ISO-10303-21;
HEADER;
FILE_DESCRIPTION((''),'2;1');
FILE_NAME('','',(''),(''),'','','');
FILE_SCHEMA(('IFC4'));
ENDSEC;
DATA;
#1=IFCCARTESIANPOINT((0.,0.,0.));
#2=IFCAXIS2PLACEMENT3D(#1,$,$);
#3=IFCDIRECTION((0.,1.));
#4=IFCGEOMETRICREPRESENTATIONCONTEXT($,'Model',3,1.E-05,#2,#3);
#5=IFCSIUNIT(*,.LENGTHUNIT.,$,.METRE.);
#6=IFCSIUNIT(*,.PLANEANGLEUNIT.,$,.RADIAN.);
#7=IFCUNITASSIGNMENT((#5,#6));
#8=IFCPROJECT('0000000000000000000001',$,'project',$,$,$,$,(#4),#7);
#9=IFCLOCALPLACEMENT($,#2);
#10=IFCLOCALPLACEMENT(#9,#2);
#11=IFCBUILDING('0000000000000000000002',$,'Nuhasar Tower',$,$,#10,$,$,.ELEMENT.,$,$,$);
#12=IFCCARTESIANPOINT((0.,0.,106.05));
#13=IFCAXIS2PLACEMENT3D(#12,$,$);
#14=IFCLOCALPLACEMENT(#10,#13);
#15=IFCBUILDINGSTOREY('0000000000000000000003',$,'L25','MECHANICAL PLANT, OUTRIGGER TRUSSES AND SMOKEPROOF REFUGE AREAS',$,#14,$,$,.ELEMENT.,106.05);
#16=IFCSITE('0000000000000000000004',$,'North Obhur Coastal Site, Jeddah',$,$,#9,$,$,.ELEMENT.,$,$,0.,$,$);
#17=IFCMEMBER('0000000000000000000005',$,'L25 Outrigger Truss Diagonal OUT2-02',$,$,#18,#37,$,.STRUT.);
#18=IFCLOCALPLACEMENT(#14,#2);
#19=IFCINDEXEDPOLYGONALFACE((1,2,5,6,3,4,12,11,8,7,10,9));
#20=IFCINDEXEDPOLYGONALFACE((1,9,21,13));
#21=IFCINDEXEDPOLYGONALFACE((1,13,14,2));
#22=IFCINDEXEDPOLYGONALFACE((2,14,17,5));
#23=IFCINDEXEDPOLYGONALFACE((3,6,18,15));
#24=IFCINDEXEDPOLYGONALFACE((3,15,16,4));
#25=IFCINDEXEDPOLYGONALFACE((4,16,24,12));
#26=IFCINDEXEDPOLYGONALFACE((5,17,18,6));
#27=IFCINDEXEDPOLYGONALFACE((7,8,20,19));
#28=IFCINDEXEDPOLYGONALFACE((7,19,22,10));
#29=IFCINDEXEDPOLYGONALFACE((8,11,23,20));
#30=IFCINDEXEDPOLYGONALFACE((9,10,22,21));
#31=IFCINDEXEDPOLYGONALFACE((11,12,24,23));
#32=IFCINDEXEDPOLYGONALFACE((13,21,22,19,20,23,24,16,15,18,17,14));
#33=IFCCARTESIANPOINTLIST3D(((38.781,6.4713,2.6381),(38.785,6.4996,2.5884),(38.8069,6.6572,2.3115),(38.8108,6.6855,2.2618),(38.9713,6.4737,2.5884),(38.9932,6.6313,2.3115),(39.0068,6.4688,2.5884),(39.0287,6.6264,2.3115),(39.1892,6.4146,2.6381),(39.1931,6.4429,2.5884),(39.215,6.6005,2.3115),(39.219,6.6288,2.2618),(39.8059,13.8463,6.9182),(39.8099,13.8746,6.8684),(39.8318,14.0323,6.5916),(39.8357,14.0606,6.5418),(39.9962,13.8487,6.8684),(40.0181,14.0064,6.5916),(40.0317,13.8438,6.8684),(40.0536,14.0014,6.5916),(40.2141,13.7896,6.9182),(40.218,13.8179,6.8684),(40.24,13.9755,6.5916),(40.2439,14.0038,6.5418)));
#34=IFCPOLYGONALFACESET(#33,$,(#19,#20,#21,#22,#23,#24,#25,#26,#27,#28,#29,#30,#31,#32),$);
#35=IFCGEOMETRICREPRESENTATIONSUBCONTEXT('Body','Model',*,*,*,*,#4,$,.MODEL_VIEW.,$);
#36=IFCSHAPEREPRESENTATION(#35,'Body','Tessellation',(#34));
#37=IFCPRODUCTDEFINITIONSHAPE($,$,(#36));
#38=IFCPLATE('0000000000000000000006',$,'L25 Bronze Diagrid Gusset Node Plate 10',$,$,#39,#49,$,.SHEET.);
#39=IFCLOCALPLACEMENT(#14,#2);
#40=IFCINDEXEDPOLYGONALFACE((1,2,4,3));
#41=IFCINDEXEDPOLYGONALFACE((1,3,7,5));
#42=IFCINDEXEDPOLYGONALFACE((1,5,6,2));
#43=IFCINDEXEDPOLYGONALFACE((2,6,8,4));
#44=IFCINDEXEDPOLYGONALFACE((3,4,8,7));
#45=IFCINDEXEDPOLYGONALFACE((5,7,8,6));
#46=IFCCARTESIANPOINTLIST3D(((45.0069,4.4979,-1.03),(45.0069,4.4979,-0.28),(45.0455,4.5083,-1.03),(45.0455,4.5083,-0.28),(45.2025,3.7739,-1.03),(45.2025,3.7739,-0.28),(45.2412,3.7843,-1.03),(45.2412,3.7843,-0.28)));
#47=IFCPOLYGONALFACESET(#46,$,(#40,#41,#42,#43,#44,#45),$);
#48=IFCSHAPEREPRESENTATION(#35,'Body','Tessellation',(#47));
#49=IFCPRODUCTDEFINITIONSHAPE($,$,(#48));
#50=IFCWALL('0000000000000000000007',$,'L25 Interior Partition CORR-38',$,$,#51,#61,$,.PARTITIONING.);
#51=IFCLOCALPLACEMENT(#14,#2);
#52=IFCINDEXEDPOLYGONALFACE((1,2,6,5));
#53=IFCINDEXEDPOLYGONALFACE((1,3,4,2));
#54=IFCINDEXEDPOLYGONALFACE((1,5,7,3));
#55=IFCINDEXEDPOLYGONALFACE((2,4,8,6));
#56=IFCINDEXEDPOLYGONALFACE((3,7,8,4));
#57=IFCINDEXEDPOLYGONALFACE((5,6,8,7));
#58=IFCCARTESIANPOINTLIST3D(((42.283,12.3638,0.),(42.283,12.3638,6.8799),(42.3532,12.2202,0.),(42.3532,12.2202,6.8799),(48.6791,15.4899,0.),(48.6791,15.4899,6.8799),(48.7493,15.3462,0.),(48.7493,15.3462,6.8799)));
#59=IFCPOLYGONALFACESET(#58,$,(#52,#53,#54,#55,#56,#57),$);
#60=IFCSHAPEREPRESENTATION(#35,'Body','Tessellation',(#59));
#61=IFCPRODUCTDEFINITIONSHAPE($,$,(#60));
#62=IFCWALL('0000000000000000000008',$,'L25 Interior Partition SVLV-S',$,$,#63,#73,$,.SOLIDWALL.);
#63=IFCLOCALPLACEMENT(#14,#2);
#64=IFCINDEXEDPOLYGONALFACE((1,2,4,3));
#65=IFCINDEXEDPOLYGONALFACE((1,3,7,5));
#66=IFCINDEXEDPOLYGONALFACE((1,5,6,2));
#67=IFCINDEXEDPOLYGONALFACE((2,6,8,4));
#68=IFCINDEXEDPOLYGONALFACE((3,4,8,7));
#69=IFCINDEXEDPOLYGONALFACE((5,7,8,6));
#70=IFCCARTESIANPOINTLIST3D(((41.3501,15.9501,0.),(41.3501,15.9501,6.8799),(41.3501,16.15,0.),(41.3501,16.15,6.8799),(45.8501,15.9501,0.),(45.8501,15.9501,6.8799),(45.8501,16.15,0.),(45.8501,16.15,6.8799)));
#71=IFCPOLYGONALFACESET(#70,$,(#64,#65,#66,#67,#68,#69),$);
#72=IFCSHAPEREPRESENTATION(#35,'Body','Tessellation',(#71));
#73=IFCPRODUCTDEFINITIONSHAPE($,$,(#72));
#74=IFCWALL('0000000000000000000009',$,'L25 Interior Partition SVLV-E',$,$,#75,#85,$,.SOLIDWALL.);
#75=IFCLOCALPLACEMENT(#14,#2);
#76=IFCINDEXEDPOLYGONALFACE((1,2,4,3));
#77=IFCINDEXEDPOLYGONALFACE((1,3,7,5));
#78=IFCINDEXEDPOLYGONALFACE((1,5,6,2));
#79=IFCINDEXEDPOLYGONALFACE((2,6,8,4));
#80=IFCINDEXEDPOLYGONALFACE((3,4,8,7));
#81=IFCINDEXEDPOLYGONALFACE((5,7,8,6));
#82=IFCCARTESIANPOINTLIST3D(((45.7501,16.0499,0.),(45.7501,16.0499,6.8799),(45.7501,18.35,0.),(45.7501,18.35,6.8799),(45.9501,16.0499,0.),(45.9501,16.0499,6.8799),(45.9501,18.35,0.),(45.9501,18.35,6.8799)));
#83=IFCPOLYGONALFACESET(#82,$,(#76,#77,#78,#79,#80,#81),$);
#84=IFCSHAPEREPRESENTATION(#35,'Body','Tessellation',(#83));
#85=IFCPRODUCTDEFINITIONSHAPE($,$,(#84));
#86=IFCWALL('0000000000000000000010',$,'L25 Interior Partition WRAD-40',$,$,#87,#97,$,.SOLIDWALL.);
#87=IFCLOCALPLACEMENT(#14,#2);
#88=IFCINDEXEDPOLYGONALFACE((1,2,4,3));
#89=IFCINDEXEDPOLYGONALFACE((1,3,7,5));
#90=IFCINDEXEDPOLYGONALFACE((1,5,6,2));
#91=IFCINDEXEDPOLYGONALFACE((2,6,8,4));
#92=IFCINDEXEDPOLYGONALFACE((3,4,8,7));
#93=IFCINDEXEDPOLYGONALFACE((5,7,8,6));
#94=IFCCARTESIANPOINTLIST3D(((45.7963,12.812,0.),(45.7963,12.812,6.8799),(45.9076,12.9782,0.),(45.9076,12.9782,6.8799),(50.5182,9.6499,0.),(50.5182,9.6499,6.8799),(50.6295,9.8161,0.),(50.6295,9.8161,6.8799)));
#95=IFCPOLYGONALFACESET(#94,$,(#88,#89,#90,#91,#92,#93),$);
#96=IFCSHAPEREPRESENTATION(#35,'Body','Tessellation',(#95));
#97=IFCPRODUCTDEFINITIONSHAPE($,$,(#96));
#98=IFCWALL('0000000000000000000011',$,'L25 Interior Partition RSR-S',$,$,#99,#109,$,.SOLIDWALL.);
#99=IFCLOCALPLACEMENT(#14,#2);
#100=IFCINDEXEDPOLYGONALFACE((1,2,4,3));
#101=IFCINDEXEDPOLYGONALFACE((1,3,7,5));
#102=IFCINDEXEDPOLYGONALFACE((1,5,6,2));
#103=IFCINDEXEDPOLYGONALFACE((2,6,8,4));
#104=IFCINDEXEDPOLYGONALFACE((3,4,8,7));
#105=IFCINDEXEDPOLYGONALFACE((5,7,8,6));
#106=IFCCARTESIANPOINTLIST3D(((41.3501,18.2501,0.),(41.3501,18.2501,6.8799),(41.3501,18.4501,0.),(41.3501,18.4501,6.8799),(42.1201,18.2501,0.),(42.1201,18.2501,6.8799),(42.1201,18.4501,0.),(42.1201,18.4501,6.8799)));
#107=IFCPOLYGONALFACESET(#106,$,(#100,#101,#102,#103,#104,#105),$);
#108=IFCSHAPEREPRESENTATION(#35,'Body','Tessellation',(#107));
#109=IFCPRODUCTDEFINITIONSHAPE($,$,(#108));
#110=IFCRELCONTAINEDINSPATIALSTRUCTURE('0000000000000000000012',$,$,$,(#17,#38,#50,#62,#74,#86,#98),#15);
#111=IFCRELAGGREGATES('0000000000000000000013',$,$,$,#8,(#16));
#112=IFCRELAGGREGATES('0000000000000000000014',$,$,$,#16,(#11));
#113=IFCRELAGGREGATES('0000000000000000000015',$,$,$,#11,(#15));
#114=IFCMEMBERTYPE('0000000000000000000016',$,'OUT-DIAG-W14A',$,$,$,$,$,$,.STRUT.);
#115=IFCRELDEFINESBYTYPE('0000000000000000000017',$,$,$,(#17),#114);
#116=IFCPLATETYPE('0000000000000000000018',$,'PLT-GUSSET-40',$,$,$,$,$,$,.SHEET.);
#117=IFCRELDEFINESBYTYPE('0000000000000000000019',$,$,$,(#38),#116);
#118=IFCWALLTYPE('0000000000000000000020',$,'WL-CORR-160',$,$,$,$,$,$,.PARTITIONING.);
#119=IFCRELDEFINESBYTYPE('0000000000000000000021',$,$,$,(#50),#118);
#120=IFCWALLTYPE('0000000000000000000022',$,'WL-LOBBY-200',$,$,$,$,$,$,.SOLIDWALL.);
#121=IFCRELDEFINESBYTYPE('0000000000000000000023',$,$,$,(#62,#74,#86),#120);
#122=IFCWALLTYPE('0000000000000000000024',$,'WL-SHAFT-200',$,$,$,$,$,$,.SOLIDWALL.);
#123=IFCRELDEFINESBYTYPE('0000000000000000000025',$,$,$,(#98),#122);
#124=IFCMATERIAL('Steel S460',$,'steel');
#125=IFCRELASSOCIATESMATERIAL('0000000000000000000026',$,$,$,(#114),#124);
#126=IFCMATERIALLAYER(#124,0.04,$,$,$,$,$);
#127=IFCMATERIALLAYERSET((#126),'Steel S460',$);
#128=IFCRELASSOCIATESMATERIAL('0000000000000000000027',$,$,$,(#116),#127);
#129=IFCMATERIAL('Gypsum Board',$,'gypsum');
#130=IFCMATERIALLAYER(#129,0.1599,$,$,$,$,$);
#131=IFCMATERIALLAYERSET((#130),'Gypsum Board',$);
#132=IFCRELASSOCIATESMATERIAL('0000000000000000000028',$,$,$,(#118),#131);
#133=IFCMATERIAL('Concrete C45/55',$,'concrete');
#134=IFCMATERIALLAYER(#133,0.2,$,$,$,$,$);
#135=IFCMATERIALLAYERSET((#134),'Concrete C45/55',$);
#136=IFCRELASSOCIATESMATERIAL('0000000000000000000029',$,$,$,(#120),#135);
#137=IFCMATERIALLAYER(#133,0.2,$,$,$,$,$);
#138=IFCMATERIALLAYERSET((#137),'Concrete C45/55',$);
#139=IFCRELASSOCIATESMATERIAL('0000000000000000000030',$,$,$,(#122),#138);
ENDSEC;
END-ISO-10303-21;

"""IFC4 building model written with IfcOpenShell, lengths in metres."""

from ifc_helpers import new_model, si_unit, direction, frame, frame_2d, origin, origin_2d, place, context, subcontext, project, spatial, rectangle, i_section, extrude, material, layer, layer_set, material_profile, profile_set, type_object, element, save


model = new_model("IFC4")

# Units and contexts
model_context = context("Model", 3, precision=1e-05, world=origin(), true_north=direction((0.0, 1.0)))
body_context = subcontext(model_context, "Body", "Model", "MODEL_VIEW")
ifc_project = project(units=[si_unit("LENGTHUNIT", "METRE"), si_unit("PLANEANGLEUNIT", "RADIAN")], contexts=[model_context])

# Site, building, storey
site_placement = place(None, origin())
site = spatial("IfcSite", under=ifc_project, at=site_placement, Name="North Obhur Coastal Site, Jeddah", CompositionType="ELEMENT", RefElevation=0.0)
building_placement = place(site_placement, origin())
building = spatial("IfcBuilding", under=site, at=building_placement, Name="Nuhasar Tower", CompositionType="ELEMENT")
storey_placement = place(building_placement, frame((0.0, 0.0, 106.05)))
storey = spatial("IfcBuildingStorey", under=building, at=storey_placement, Name="L25", Description="MECHANICAL PLANT, OUTRIGGER TRUSSES AND SMOKEPROOF REFUGE AREAS", CompositionType="ELEMENT", Elevation=106.05)

# Shared definitions
ifc_material_1 = material(Name="Steel S460", Category="steel")

# Member
ifc_material_profile_1 = material_profile(ifc_material_1, i_section(OverallWidth=0.4121, OverallDepth=0.4341, WebThickness=0.0359, FlangeThickness=0.0574, at=origin_2d()), Name="W14X311")
ifc_profile_set_1 = profile_set([ifc_material_profile_1], Name="Steel S460")
member_type_1 = type_object("IfcMemberType", Name="OUT-DIAG-W14A", PredefinedType="STRUT", material=ifc_profile_set_1)
for number, where, z_axis, x_axis, name in (
    (1, (39.0, 6.55, 2.45), (0.119336, 0.858722, 0.498353), (-0.990481, 0.137647, 0.0), "L25 Outrigger Truss Diagonal OUT2-02"),
):
    element("IfcMember", number, at=place(storey_placement, frame(where, z_axis=z_axis, x_axis=x_axis)), inside=storey, type_object=member_type_1, Name=name, PredefinedType="STRUT", context=body_context, shape_type="SweptSolid", body=[
        extrude(i_section(OverallWidth=0.4121, OverallDepth=0.4341, WebThickness=0.0359, FlangeThickness=0.0574, at=origin_2d()), origin(), (0.0, 0.0, 1.0), 8.5884),
    ])

# Plate
ifc_layer_1 = layer(ifc_material_1, 0.04)
ifc_layer_set_1 = layer_set([ifc_layer_1], Name="Steel S460")
plate_type = type_object("IfcPlateType", Name="PLT-GUSSET-40", PredefinedType="SHEET", material=ifc_layer_set_1)
plate_placement = place(storey_placement, frame((45.124, 4.1411, -1.03), z_axis=(0.0, 0.0, 1.0), x_axis=(0.260909, -0.965363, 0.0)))
element("IfcPlate", 2, at=plate_placement, inside=storey, type_object=plate_type, Name="L25 Bronze Diagrid Gusset Node Plate 10", PredefinedType="SHEET", context=body_context, shape_type="SweptSolid", body=[
    extrude(rectangle(XDim=0.75, YDim=0.04, at=origin_2d()), origin(), (0.0, 0.0, 1.0), 0.75),
])

# Wall
ifc_material_2 = material(Name="Gypsum Board", Category="gypsum")
ifc_layer_2 = layer(ifc_material_2, 0.1599)
ifc_layer_set_2 = layer_set([ifc_layer_2], Name="Gypsum Board")
wall_type_1 = type_object("IfcWallType", Name="WL-CORR-160", PredefinedType="PARTITIONING", material=ifc_layer_set_2)
wall_1_placement = place(storey_placement, frame((42.3181, 12.292, 0.0), z_axis=(0.0, 0.0, 1.0), x_axis=(0.898437, 0.439102, 0.0)))
element("IfcWall", 3, at=wall_1_placement, inside=storey, type_object=wall_type_1, Name="L25 Interior Partition CORR-38", PredefinedType="PARTITIONING", context=body_context, shape_type="SweptSolid", body=[
    extrude(rectangle(XDim=7.1191, YDim=0.1599, at=frame_2d((3.5596, 0.0))), origin(), (0.0, 0.0, 1.0), 6.8799),
])

# Shared definitions
ifc_material_3 = material(Name="Concrete C45/55", Category="concrete")
ifc_layer_3 = layer(ifc_material_3, 0.2)
ifc_layer_set_3 = layer_set([ifc_layer_3], Name="Concrete C45/55")
wall_type_2 = type_object("IfcWallType", Name="WL-LOBBY-200", PredefinedType="SOLIDWALL", material=ifc_layer_set_3)

# Walls
wall_2_placement = place(storey_placement, frame((41.3501, 16.05, 0.0), z_axis=(0.0, 0.0, 1.0), x_axis=(1.0, 0.0, 0.0)))
element("IfcWall", 4, at=wall_2_placement, inside=storey, type_object=wall_type_2, Name="L25 Interior Partition SVLV-S", PredefinedType="SOLIDWALL", context=body_context, shape_type="SweptSolid", body=[
    extrude(rectangle(XDim=4.5, YDim=0.2, at=frame_2d((2.25, 0.0))), origin(), (0.0, 0.0, 1.0), 6.8799),
])
wall_3_placement = place(storey_placement, frame((45.8501, 16.05, 0.0), z_axis=(0.0, 0.0, 1.0), x_axis=(0.0, 1.0, 0.0)))
element("IfcWall", 5, at=wall_3_placement, inside=storey, type_object=wall_type_2, Name="L25 Interior Partition SVLV-E", PredefinedType="SOLIDWALL", context=body_context, shape_type="SweptSolid", body=[
    extrude(rectangle(XDim=2.3, YDim=0.2, at=frame_2d((1.1499, 0.0))), origin(), (0.0, 0.0, 1.0), 6.8799),
])
wall_4_placement = place(storey_placement, frame((45.8521, 12.895, 0.0), z_axis=(0.0, 0.0, 1.0), x_axis=(0.830898, -0.556424, 0.0)))
element("IfcWall", 6, at=wall_4_placement, inside=storey, type_object=wall_type_2, Name="L25 Interior Partition WRAD-40", PredefinedType="SOLIDWALL", context=body_context, shape_type="SweptSolid", body=[
    extrude(rectangle(XDim=5.6829, YDim=0.2, at=frame_2d((2.8413, 0.0))), origin(), (0.0, 0.0, 1.0), 6.8799),
])
ifc_layer_4 = layer(ifc_material_3, 0.2)
ifc_layer_set_4 = layer_set([ifc_layer_4], Name="Concrete C45/55")
wall_type_3 = type_object("IfcWallType", Name="WL-SHAFT-200", PredefinedType="SOLIDWALL", material=ifc_layer_set_4)
wall_5_placement = place(storey_placement, frame((41.3501, 18.3501, 0.0), z_axis=(0.0, 0.0, 1.0), x_axis=(1.0, 0.0, 0.0)))
element("IfcWall", 7, at=wall_5_placement, inside=storey, type_object=wall_type_3, Name="L25 Interior Partition RSR-S", PredefinedType="SOLIDWALL", context=body_context, shape_type="SweptSolid", body=[
    extrude(rectangle(XDim=0.77, YDim=0.2, at=frame_2d((0.385, 0.0))), origin(), (0.0, 0.0, 1.0), 6.8799),
])

save(model, "model.ifc")
